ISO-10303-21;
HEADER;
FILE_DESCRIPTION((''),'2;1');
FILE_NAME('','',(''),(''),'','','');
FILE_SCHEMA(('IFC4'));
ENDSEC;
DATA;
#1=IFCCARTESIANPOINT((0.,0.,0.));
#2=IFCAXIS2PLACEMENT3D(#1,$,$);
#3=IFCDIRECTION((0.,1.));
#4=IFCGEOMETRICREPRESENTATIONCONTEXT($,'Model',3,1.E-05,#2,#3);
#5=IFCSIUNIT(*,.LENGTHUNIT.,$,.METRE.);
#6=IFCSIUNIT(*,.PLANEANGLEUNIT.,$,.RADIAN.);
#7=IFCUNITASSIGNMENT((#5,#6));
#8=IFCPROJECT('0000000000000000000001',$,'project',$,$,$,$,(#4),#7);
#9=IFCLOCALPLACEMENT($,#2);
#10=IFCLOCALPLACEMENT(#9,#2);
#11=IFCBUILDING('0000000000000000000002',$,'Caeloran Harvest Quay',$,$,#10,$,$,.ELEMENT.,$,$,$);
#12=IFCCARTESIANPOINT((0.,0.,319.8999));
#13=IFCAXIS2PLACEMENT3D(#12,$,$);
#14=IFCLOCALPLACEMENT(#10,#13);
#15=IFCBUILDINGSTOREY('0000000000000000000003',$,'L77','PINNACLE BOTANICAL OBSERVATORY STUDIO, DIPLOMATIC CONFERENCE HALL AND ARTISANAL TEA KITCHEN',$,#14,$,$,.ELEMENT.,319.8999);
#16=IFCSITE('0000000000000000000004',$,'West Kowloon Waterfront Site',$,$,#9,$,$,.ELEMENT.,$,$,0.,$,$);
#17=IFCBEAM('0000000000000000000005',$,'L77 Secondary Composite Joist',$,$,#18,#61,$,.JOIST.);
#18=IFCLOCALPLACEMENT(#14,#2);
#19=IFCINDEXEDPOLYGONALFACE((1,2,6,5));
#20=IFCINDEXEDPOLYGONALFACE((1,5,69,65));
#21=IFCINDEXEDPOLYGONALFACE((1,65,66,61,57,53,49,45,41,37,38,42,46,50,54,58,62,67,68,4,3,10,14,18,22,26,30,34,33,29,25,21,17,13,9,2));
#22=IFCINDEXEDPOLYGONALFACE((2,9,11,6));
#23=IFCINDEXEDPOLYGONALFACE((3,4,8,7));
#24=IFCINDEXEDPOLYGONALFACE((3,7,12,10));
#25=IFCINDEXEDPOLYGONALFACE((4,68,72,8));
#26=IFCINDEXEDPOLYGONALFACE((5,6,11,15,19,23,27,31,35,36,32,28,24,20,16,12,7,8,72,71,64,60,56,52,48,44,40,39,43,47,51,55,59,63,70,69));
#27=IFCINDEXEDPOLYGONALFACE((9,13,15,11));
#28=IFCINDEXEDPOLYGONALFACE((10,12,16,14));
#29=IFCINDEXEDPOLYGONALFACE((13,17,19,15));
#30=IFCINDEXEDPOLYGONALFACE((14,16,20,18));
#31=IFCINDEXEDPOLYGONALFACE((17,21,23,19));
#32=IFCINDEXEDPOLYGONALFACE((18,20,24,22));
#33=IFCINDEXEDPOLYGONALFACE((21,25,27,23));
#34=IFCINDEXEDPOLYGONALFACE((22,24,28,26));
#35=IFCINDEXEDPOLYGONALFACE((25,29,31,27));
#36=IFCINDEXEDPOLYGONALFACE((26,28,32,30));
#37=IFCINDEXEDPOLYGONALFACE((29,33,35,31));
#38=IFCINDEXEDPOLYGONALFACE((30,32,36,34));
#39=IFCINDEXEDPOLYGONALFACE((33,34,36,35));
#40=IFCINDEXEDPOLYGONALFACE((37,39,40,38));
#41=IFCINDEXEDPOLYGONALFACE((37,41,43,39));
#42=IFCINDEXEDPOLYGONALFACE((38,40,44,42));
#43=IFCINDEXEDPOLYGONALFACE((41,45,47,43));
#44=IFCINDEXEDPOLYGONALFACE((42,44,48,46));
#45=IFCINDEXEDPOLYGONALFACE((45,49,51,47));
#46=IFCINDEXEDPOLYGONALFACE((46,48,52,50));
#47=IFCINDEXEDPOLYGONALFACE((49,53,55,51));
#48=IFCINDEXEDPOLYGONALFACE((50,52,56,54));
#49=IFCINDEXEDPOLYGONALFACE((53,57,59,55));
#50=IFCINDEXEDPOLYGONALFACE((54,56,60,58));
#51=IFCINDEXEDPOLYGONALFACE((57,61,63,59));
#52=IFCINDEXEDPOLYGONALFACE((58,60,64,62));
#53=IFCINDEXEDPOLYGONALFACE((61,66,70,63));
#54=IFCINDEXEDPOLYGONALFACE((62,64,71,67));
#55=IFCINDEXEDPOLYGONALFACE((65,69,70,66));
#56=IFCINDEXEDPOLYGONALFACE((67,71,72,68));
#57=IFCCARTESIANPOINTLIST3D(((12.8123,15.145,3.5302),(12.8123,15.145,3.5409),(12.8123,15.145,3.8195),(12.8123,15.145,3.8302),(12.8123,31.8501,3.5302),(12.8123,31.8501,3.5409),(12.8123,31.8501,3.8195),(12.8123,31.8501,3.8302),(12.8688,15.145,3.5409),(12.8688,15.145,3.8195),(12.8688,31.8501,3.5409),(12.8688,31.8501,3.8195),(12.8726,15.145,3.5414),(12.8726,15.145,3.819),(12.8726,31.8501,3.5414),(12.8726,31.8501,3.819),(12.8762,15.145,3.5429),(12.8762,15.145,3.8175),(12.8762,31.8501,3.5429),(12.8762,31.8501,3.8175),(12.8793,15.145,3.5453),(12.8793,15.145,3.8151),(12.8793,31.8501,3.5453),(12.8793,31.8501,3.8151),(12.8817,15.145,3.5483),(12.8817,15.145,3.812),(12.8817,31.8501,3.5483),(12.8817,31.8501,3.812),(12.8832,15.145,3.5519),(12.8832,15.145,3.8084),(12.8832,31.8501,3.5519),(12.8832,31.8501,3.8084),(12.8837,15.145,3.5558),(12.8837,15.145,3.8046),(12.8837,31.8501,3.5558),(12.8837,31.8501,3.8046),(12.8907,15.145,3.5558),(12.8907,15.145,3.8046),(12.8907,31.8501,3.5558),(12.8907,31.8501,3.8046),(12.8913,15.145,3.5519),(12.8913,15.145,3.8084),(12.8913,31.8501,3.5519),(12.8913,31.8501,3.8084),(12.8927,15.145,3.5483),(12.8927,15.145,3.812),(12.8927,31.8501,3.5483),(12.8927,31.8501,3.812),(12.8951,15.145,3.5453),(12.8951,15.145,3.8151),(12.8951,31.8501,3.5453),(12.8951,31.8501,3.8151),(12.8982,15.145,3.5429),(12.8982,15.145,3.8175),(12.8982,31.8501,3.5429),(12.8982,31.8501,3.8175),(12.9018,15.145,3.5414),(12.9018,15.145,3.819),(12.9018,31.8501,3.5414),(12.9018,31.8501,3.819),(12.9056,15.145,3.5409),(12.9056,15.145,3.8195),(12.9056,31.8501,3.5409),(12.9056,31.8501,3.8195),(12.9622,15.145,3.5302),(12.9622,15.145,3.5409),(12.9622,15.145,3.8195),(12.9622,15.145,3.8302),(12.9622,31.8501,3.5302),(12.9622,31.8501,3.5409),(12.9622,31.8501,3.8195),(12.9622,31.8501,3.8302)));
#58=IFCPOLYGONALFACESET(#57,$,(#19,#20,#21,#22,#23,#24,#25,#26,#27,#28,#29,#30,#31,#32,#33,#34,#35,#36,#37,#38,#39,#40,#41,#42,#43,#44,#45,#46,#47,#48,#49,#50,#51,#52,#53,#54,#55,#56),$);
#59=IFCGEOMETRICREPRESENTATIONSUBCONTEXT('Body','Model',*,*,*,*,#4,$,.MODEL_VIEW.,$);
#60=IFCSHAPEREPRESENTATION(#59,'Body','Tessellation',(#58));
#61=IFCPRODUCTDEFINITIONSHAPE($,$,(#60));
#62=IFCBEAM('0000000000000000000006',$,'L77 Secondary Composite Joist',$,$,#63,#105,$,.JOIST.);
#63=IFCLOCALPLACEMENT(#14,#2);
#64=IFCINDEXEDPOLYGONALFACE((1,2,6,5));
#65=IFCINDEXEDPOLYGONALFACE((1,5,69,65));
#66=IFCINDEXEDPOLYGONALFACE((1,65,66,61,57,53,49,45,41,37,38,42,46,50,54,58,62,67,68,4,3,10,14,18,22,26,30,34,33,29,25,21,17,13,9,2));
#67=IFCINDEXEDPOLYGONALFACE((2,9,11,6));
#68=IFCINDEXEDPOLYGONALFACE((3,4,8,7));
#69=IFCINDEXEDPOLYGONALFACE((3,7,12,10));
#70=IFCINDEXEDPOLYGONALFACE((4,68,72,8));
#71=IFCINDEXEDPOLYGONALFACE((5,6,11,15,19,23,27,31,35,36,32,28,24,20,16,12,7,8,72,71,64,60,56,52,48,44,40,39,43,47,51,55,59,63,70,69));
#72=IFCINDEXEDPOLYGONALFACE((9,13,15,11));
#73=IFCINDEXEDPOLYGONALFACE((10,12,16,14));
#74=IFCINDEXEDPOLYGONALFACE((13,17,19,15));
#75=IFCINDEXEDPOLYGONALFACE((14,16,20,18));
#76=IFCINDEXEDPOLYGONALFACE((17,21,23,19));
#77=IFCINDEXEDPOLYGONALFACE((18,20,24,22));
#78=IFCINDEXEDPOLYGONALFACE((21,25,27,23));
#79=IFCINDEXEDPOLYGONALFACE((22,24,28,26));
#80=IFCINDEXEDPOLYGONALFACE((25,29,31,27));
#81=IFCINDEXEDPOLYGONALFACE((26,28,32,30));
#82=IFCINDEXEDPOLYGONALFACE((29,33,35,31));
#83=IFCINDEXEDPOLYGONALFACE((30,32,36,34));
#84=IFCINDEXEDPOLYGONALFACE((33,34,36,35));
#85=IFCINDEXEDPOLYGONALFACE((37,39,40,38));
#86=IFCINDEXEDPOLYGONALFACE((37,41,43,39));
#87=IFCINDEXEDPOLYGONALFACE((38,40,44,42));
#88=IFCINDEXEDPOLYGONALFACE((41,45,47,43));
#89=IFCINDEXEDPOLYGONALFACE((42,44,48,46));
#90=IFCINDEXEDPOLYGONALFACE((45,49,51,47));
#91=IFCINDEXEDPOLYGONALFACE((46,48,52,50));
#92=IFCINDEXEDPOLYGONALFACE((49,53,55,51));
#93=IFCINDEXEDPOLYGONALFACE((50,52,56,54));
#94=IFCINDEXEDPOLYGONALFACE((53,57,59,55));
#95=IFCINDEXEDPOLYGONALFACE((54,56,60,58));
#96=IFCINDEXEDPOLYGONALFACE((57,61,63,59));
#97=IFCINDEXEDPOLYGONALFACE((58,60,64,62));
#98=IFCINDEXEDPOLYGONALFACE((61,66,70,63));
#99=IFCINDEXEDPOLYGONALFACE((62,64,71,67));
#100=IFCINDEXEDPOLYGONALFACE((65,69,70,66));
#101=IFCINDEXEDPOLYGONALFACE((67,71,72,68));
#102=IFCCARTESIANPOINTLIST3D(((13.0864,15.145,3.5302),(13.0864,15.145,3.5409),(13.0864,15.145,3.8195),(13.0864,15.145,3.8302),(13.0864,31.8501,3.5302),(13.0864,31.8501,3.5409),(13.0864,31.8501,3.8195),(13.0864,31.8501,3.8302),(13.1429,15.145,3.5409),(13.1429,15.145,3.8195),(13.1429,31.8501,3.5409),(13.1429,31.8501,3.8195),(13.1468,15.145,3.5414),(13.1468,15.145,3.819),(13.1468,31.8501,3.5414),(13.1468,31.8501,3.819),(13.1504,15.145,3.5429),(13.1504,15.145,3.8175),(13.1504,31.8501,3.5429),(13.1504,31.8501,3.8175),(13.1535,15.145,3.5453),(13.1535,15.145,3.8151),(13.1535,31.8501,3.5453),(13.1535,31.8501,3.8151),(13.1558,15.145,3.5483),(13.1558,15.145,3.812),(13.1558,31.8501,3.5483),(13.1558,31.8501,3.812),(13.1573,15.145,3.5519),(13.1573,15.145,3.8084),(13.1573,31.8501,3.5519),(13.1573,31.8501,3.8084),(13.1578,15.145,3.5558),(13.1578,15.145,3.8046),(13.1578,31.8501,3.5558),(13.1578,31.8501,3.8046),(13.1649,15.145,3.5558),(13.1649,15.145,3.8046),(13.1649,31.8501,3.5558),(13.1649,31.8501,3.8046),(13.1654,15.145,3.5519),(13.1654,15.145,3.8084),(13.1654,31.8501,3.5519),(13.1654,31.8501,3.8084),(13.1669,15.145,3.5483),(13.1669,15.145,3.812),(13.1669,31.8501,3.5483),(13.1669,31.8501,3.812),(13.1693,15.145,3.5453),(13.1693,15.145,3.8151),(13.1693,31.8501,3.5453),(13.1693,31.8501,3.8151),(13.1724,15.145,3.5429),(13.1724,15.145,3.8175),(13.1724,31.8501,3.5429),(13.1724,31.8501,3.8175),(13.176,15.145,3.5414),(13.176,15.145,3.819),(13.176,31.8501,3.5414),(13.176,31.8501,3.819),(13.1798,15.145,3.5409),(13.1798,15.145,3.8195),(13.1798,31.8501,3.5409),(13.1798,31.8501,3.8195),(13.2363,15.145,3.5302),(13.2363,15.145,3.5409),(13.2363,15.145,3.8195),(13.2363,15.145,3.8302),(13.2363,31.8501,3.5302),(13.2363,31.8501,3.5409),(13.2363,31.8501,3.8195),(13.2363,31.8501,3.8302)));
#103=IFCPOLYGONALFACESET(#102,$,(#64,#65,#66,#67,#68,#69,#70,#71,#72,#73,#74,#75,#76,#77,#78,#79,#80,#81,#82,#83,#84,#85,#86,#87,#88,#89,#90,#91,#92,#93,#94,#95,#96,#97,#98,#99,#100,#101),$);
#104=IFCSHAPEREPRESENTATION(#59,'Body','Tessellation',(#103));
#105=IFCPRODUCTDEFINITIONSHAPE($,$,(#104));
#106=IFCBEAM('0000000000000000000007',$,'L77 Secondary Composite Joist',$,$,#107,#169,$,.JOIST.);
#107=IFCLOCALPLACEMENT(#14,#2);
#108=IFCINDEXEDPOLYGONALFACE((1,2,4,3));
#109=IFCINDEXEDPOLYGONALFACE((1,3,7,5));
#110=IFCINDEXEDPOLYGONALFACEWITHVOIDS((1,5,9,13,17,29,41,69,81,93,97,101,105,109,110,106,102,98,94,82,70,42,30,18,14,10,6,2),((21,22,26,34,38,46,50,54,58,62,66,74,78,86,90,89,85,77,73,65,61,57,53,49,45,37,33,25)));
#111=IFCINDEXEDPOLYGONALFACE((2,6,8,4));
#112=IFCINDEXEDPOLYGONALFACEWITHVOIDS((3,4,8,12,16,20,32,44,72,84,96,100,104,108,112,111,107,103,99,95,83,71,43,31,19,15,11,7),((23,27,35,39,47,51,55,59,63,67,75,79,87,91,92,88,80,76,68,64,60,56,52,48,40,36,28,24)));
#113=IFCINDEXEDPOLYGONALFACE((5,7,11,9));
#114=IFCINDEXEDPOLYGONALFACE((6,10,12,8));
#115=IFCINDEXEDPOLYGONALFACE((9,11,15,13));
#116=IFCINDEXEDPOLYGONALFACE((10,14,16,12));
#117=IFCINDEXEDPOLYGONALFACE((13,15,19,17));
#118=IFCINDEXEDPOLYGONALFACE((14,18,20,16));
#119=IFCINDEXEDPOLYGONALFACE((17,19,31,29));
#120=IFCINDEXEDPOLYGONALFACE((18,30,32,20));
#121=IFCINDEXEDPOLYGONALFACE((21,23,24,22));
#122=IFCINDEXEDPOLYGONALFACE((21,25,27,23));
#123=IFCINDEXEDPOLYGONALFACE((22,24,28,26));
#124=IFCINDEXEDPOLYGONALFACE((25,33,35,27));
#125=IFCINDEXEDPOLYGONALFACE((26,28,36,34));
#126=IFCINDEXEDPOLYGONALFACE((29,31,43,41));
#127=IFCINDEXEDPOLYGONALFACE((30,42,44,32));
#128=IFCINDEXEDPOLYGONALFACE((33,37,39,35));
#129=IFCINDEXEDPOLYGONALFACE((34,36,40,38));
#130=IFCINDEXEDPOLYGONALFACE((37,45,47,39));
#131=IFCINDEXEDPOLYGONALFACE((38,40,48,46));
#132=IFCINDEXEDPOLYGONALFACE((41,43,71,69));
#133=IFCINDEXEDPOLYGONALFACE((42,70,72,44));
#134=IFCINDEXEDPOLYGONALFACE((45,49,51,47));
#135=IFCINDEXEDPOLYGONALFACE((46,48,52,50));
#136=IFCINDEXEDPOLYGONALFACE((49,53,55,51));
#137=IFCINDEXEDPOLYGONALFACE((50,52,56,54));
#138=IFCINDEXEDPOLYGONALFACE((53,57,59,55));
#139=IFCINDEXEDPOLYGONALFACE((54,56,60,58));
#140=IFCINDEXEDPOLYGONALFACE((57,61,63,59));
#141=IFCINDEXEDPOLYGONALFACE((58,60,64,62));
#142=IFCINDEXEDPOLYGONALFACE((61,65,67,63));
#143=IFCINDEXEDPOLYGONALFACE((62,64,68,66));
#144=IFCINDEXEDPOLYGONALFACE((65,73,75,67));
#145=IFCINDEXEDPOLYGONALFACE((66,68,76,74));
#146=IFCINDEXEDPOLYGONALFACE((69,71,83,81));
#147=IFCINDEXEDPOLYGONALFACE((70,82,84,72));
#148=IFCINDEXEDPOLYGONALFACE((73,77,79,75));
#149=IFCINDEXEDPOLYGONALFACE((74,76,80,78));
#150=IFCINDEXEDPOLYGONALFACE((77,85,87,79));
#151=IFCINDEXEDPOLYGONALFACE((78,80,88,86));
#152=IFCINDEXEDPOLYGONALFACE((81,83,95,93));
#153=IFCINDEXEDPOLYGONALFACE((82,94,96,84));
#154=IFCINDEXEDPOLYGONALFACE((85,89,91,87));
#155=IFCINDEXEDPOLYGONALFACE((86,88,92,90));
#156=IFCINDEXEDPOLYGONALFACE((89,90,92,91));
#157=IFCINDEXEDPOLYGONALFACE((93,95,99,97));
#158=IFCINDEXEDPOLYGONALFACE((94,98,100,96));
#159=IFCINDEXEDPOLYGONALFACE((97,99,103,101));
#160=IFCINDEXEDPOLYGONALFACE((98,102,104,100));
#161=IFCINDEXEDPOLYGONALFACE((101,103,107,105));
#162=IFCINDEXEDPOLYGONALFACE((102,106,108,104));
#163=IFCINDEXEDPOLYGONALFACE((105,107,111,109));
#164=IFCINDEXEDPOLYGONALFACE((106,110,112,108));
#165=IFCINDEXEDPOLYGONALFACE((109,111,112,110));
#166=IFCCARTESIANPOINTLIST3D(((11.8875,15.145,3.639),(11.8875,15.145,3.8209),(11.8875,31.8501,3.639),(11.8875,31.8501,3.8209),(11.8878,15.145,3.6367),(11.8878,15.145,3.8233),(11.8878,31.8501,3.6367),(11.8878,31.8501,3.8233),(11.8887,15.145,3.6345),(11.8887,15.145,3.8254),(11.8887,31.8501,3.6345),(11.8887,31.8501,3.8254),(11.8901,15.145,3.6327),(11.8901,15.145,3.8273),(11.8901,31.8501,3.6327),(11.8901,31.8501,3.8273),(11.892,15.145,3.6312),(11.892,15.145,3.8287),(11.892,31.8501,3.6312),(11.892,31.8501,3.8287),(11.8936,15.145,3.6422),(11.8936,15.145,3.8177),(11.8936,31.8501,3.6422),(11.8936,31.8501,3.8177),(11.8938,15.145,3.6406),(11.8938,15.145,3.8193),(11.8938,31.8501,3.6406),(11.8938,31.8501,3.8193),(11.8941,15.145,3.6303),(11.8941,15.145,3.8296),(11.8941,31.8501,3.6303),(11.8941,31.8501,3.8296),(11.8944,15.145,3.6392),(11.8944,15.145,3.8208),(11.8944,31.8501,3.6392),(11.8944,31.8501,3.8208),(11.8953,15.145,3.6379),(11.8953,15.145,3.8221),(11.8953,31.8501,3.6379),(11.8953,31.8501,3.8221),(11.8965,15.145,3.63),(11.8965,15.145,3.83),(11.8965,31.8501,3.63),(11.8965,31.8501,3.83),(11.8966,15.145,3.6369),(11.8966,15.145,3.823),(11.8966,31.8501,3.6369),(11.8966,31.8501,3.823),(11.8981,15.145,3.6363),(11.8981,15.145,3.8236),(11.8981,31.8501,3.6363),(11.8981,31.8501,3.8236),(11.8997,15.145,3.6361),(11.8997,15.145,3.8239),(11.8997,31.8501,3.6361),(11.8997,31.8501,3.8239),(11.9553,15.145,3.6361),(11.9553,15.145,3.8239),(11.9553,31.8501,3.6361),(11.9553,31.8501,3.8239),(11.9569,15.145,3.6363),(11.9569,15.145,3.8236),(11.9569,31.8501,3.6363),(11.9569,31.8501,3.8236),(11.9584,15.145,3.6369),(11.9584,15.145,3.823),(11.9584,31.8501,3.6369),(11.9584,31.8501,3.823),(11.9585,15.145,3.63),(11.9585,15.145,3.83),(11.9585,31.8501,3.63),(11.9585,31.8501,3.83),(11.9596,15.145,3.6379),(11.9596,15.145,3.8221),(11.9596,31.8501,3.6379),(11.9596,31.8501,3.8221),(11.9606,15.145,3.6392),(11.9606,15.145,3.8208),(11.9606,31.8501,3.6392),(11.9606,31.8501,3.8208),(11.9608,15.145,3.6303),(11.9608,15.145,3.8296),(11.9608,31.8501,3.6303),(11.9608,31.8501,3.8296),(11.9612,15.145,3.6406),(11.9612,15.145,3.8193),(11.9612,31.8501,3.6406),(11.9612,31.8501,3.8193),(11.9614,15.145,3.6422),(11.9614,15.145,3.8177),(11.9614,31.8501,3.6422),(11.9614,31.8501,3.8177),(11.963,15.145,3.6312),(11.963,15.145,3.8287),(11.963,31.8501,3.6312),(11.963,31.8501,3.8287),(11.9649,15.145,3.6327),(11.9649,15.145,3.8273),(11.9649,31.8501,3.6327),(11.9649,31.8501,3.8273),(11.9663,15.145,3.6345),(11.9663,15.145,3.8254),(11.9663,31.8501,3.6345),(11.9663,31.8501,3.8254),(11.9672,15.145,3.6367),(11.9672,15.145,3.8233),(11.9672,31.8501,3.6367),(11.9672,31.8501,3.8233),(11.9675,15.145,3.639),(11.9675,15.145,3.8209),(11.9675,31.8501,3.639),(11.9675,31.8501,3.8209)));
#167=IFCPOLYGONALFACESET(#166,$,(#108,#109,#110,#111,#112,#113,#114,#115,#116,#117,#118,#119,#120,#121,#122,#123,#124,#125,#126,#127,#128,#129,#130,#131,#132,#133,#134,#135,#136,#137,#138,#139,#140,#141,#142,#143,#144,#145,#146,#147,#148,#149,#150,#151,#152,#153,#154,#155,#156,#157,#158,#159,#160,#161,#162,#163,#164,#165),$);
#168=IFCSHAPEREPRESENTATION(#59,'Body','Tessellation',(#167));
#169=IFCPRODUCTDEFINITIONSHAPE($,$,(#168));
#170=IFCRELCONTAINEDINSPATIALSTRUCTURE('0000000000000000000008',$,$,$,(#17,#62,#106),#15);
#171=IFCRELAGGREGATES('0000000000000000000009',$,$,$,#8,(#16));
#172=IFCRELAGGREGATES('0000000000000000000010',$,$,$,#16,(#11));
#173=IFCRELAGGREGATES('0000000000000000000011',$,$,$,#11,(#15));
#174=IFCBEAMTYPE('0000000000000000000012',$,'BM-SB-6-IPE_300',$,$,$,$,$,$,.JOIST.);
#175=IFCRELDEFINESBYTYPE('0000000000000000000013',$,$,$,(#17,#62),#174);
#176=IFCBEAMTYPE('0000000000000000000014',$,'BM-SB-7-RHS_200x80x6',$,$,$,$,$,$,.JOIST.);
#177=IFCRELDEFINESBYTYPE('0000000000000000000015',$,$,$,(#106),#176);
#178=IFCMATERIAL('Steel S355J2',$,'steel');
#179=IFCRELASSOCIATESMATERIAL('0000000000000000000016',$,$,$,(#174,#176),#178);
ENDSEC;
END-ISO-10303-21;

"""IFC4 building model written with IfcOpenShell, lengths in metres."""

from ifc_helpers import new_model, si_unit, direction, frame, origin, origin_2d, place, context, subcontext, project, spatial, hollow_rectangle, i_section, extrude, material, material_profile, profile_set, type_object, element, save


model = new_model("IFC4")

# Units and contexts
model_context = context("Model", 3, precision=1e-05, world=origin(), true_north=direction((0.0, 1.0)))
body_context = subcontext(model_context, "Body", "Model", "MODEL_VIEW")
ifc_project = project(units=[si_unit("LENGTHUNIT", "METRE"), si_unit("PLANEANGLEUNIT", "RADIAN")], contexts=[model_context])

# Site, building, storey
site_placement = place(None, origin())
site = spatial("IfcSite", under=ifc_project, at=site_placement, Name="West Kowloon Waterfront Site", CompositionType="ELEMENT", RefElevation=0.0)
building_placement = place(site_placement, origin())
building = spatial("IfcBuilding", under=site, at=building_placement, Name="Caeloran Harvest Quay", CompositionType="ELEMENT")
storey_placement = place(building_placement, frame((0.0, 0.0, 319.8999)))
storey = spatial("IfcBuildingStorey", under=building, at=storey_placement, Name="L77", Description="PINNACLE BOTANICAL OBSERVATORY STUDIO, DIPLOMATIC CONFERENCE HALL AND ARTISANAL TEA KITCHEN", CompositionType="ELEMENT", Elevation=319.8999)

# Beams
ifc_material_1 = material(Name="Steel S355J2", Category="steel")
ifc_material_profile_1 = material_profile(ifc_material_1, i_section(OverallWidth=0.1499, OverallDepth=0.3, WebThickness=0.0071, FlangeThickness=0.0107, FilletRadius=0.0149, at=origin_2d()), Name="IPE 300")
ifc_profile_set_1 = profile_set([ifc_material_profile_1], Name="Steel S355J2")
beam_type_1 = type_object("IfcBeamType", Name="BM-SB-6-IPE_300", PredefinedType="JOIST", material=ifc_profile_set_1)
for number, where, z_axis, x_axis, name in (
    (1, (12.8872, 15.145, 3.6802), (0.0, 1.0, 0.0), (-1.0, 0.0, 0.0), "L77 Secondary Composite Joist"),
    (2, (13.1614, 15.145, 3.6802), (0.0, 1.0, 0.0), (-1.0, 0.0, 0.0), "L77 Secondary Composite Joist"),
):
    element("IfcBeam", number, at=place(storey_placement, frame(where, z_axis=z_axis, x_axis=x_axis)), inside=storey, type_object=beam_type_1, Name=name, PredefinedType="JOIST", context=body_context, shape_type="SweptSolid", body=[
        extrude(i_section(OverallWidth=0.1499, OverallDepth=0.3, WebThickness=0.0071, FlangeThickness=0.0107, FilletRadius=0.0149, at=origin_2d()), origin(), (0.0, 0.0, 1.0), 16.7051),
    ])
ifc_material_profile_2 = material_profile(ifc_material_1, hollow_rectangle(XDim=0.0801, YDim=0.2, WallThickness=0.0061, InnerFilletRadius=0.0061, OuterFilletRadius=0.009, at=origin_2d()), Name="RHS 200x80x6")
ifc_profile_set_2 = profile_set([ifc_material_profile_2], Name="Steel S355J2")
beam_type_2 = type_object("IfcBeamType", Name="BM-SB-7-RHS_200x80x6", PredefinedType="JOIST", material=ifc_profile_set_2)
for number, where, z_axis, x_axis, name in (
    (3, (11.9275, 15.145, 3.73), (0.0, 1.0, 0.0), (-1.0, 0.0, 0.0), "L77 Secondary Composite Joist"),
):
    element("IfcBeam", number, at=place(storey_placement, frame(where, z_axis=z_axis, x_axis=x_axis)), inside=storey, type_object=beam_type_2, Name=name, PredefinedType="JOIST", context=body_context, shape_type="SweptSolid", body=[
        extrude(hollow_rectangle(XDim=0.0801, YDim=0.2, WallThickness=0.0061, InnerFilletRadius=0.0061, OuterFilletRadius=0.009, at=origin_2d()), origin(), (0.0, 0.0, 1.0), 16.7051),
    ])

save(model, "model.ifc")
